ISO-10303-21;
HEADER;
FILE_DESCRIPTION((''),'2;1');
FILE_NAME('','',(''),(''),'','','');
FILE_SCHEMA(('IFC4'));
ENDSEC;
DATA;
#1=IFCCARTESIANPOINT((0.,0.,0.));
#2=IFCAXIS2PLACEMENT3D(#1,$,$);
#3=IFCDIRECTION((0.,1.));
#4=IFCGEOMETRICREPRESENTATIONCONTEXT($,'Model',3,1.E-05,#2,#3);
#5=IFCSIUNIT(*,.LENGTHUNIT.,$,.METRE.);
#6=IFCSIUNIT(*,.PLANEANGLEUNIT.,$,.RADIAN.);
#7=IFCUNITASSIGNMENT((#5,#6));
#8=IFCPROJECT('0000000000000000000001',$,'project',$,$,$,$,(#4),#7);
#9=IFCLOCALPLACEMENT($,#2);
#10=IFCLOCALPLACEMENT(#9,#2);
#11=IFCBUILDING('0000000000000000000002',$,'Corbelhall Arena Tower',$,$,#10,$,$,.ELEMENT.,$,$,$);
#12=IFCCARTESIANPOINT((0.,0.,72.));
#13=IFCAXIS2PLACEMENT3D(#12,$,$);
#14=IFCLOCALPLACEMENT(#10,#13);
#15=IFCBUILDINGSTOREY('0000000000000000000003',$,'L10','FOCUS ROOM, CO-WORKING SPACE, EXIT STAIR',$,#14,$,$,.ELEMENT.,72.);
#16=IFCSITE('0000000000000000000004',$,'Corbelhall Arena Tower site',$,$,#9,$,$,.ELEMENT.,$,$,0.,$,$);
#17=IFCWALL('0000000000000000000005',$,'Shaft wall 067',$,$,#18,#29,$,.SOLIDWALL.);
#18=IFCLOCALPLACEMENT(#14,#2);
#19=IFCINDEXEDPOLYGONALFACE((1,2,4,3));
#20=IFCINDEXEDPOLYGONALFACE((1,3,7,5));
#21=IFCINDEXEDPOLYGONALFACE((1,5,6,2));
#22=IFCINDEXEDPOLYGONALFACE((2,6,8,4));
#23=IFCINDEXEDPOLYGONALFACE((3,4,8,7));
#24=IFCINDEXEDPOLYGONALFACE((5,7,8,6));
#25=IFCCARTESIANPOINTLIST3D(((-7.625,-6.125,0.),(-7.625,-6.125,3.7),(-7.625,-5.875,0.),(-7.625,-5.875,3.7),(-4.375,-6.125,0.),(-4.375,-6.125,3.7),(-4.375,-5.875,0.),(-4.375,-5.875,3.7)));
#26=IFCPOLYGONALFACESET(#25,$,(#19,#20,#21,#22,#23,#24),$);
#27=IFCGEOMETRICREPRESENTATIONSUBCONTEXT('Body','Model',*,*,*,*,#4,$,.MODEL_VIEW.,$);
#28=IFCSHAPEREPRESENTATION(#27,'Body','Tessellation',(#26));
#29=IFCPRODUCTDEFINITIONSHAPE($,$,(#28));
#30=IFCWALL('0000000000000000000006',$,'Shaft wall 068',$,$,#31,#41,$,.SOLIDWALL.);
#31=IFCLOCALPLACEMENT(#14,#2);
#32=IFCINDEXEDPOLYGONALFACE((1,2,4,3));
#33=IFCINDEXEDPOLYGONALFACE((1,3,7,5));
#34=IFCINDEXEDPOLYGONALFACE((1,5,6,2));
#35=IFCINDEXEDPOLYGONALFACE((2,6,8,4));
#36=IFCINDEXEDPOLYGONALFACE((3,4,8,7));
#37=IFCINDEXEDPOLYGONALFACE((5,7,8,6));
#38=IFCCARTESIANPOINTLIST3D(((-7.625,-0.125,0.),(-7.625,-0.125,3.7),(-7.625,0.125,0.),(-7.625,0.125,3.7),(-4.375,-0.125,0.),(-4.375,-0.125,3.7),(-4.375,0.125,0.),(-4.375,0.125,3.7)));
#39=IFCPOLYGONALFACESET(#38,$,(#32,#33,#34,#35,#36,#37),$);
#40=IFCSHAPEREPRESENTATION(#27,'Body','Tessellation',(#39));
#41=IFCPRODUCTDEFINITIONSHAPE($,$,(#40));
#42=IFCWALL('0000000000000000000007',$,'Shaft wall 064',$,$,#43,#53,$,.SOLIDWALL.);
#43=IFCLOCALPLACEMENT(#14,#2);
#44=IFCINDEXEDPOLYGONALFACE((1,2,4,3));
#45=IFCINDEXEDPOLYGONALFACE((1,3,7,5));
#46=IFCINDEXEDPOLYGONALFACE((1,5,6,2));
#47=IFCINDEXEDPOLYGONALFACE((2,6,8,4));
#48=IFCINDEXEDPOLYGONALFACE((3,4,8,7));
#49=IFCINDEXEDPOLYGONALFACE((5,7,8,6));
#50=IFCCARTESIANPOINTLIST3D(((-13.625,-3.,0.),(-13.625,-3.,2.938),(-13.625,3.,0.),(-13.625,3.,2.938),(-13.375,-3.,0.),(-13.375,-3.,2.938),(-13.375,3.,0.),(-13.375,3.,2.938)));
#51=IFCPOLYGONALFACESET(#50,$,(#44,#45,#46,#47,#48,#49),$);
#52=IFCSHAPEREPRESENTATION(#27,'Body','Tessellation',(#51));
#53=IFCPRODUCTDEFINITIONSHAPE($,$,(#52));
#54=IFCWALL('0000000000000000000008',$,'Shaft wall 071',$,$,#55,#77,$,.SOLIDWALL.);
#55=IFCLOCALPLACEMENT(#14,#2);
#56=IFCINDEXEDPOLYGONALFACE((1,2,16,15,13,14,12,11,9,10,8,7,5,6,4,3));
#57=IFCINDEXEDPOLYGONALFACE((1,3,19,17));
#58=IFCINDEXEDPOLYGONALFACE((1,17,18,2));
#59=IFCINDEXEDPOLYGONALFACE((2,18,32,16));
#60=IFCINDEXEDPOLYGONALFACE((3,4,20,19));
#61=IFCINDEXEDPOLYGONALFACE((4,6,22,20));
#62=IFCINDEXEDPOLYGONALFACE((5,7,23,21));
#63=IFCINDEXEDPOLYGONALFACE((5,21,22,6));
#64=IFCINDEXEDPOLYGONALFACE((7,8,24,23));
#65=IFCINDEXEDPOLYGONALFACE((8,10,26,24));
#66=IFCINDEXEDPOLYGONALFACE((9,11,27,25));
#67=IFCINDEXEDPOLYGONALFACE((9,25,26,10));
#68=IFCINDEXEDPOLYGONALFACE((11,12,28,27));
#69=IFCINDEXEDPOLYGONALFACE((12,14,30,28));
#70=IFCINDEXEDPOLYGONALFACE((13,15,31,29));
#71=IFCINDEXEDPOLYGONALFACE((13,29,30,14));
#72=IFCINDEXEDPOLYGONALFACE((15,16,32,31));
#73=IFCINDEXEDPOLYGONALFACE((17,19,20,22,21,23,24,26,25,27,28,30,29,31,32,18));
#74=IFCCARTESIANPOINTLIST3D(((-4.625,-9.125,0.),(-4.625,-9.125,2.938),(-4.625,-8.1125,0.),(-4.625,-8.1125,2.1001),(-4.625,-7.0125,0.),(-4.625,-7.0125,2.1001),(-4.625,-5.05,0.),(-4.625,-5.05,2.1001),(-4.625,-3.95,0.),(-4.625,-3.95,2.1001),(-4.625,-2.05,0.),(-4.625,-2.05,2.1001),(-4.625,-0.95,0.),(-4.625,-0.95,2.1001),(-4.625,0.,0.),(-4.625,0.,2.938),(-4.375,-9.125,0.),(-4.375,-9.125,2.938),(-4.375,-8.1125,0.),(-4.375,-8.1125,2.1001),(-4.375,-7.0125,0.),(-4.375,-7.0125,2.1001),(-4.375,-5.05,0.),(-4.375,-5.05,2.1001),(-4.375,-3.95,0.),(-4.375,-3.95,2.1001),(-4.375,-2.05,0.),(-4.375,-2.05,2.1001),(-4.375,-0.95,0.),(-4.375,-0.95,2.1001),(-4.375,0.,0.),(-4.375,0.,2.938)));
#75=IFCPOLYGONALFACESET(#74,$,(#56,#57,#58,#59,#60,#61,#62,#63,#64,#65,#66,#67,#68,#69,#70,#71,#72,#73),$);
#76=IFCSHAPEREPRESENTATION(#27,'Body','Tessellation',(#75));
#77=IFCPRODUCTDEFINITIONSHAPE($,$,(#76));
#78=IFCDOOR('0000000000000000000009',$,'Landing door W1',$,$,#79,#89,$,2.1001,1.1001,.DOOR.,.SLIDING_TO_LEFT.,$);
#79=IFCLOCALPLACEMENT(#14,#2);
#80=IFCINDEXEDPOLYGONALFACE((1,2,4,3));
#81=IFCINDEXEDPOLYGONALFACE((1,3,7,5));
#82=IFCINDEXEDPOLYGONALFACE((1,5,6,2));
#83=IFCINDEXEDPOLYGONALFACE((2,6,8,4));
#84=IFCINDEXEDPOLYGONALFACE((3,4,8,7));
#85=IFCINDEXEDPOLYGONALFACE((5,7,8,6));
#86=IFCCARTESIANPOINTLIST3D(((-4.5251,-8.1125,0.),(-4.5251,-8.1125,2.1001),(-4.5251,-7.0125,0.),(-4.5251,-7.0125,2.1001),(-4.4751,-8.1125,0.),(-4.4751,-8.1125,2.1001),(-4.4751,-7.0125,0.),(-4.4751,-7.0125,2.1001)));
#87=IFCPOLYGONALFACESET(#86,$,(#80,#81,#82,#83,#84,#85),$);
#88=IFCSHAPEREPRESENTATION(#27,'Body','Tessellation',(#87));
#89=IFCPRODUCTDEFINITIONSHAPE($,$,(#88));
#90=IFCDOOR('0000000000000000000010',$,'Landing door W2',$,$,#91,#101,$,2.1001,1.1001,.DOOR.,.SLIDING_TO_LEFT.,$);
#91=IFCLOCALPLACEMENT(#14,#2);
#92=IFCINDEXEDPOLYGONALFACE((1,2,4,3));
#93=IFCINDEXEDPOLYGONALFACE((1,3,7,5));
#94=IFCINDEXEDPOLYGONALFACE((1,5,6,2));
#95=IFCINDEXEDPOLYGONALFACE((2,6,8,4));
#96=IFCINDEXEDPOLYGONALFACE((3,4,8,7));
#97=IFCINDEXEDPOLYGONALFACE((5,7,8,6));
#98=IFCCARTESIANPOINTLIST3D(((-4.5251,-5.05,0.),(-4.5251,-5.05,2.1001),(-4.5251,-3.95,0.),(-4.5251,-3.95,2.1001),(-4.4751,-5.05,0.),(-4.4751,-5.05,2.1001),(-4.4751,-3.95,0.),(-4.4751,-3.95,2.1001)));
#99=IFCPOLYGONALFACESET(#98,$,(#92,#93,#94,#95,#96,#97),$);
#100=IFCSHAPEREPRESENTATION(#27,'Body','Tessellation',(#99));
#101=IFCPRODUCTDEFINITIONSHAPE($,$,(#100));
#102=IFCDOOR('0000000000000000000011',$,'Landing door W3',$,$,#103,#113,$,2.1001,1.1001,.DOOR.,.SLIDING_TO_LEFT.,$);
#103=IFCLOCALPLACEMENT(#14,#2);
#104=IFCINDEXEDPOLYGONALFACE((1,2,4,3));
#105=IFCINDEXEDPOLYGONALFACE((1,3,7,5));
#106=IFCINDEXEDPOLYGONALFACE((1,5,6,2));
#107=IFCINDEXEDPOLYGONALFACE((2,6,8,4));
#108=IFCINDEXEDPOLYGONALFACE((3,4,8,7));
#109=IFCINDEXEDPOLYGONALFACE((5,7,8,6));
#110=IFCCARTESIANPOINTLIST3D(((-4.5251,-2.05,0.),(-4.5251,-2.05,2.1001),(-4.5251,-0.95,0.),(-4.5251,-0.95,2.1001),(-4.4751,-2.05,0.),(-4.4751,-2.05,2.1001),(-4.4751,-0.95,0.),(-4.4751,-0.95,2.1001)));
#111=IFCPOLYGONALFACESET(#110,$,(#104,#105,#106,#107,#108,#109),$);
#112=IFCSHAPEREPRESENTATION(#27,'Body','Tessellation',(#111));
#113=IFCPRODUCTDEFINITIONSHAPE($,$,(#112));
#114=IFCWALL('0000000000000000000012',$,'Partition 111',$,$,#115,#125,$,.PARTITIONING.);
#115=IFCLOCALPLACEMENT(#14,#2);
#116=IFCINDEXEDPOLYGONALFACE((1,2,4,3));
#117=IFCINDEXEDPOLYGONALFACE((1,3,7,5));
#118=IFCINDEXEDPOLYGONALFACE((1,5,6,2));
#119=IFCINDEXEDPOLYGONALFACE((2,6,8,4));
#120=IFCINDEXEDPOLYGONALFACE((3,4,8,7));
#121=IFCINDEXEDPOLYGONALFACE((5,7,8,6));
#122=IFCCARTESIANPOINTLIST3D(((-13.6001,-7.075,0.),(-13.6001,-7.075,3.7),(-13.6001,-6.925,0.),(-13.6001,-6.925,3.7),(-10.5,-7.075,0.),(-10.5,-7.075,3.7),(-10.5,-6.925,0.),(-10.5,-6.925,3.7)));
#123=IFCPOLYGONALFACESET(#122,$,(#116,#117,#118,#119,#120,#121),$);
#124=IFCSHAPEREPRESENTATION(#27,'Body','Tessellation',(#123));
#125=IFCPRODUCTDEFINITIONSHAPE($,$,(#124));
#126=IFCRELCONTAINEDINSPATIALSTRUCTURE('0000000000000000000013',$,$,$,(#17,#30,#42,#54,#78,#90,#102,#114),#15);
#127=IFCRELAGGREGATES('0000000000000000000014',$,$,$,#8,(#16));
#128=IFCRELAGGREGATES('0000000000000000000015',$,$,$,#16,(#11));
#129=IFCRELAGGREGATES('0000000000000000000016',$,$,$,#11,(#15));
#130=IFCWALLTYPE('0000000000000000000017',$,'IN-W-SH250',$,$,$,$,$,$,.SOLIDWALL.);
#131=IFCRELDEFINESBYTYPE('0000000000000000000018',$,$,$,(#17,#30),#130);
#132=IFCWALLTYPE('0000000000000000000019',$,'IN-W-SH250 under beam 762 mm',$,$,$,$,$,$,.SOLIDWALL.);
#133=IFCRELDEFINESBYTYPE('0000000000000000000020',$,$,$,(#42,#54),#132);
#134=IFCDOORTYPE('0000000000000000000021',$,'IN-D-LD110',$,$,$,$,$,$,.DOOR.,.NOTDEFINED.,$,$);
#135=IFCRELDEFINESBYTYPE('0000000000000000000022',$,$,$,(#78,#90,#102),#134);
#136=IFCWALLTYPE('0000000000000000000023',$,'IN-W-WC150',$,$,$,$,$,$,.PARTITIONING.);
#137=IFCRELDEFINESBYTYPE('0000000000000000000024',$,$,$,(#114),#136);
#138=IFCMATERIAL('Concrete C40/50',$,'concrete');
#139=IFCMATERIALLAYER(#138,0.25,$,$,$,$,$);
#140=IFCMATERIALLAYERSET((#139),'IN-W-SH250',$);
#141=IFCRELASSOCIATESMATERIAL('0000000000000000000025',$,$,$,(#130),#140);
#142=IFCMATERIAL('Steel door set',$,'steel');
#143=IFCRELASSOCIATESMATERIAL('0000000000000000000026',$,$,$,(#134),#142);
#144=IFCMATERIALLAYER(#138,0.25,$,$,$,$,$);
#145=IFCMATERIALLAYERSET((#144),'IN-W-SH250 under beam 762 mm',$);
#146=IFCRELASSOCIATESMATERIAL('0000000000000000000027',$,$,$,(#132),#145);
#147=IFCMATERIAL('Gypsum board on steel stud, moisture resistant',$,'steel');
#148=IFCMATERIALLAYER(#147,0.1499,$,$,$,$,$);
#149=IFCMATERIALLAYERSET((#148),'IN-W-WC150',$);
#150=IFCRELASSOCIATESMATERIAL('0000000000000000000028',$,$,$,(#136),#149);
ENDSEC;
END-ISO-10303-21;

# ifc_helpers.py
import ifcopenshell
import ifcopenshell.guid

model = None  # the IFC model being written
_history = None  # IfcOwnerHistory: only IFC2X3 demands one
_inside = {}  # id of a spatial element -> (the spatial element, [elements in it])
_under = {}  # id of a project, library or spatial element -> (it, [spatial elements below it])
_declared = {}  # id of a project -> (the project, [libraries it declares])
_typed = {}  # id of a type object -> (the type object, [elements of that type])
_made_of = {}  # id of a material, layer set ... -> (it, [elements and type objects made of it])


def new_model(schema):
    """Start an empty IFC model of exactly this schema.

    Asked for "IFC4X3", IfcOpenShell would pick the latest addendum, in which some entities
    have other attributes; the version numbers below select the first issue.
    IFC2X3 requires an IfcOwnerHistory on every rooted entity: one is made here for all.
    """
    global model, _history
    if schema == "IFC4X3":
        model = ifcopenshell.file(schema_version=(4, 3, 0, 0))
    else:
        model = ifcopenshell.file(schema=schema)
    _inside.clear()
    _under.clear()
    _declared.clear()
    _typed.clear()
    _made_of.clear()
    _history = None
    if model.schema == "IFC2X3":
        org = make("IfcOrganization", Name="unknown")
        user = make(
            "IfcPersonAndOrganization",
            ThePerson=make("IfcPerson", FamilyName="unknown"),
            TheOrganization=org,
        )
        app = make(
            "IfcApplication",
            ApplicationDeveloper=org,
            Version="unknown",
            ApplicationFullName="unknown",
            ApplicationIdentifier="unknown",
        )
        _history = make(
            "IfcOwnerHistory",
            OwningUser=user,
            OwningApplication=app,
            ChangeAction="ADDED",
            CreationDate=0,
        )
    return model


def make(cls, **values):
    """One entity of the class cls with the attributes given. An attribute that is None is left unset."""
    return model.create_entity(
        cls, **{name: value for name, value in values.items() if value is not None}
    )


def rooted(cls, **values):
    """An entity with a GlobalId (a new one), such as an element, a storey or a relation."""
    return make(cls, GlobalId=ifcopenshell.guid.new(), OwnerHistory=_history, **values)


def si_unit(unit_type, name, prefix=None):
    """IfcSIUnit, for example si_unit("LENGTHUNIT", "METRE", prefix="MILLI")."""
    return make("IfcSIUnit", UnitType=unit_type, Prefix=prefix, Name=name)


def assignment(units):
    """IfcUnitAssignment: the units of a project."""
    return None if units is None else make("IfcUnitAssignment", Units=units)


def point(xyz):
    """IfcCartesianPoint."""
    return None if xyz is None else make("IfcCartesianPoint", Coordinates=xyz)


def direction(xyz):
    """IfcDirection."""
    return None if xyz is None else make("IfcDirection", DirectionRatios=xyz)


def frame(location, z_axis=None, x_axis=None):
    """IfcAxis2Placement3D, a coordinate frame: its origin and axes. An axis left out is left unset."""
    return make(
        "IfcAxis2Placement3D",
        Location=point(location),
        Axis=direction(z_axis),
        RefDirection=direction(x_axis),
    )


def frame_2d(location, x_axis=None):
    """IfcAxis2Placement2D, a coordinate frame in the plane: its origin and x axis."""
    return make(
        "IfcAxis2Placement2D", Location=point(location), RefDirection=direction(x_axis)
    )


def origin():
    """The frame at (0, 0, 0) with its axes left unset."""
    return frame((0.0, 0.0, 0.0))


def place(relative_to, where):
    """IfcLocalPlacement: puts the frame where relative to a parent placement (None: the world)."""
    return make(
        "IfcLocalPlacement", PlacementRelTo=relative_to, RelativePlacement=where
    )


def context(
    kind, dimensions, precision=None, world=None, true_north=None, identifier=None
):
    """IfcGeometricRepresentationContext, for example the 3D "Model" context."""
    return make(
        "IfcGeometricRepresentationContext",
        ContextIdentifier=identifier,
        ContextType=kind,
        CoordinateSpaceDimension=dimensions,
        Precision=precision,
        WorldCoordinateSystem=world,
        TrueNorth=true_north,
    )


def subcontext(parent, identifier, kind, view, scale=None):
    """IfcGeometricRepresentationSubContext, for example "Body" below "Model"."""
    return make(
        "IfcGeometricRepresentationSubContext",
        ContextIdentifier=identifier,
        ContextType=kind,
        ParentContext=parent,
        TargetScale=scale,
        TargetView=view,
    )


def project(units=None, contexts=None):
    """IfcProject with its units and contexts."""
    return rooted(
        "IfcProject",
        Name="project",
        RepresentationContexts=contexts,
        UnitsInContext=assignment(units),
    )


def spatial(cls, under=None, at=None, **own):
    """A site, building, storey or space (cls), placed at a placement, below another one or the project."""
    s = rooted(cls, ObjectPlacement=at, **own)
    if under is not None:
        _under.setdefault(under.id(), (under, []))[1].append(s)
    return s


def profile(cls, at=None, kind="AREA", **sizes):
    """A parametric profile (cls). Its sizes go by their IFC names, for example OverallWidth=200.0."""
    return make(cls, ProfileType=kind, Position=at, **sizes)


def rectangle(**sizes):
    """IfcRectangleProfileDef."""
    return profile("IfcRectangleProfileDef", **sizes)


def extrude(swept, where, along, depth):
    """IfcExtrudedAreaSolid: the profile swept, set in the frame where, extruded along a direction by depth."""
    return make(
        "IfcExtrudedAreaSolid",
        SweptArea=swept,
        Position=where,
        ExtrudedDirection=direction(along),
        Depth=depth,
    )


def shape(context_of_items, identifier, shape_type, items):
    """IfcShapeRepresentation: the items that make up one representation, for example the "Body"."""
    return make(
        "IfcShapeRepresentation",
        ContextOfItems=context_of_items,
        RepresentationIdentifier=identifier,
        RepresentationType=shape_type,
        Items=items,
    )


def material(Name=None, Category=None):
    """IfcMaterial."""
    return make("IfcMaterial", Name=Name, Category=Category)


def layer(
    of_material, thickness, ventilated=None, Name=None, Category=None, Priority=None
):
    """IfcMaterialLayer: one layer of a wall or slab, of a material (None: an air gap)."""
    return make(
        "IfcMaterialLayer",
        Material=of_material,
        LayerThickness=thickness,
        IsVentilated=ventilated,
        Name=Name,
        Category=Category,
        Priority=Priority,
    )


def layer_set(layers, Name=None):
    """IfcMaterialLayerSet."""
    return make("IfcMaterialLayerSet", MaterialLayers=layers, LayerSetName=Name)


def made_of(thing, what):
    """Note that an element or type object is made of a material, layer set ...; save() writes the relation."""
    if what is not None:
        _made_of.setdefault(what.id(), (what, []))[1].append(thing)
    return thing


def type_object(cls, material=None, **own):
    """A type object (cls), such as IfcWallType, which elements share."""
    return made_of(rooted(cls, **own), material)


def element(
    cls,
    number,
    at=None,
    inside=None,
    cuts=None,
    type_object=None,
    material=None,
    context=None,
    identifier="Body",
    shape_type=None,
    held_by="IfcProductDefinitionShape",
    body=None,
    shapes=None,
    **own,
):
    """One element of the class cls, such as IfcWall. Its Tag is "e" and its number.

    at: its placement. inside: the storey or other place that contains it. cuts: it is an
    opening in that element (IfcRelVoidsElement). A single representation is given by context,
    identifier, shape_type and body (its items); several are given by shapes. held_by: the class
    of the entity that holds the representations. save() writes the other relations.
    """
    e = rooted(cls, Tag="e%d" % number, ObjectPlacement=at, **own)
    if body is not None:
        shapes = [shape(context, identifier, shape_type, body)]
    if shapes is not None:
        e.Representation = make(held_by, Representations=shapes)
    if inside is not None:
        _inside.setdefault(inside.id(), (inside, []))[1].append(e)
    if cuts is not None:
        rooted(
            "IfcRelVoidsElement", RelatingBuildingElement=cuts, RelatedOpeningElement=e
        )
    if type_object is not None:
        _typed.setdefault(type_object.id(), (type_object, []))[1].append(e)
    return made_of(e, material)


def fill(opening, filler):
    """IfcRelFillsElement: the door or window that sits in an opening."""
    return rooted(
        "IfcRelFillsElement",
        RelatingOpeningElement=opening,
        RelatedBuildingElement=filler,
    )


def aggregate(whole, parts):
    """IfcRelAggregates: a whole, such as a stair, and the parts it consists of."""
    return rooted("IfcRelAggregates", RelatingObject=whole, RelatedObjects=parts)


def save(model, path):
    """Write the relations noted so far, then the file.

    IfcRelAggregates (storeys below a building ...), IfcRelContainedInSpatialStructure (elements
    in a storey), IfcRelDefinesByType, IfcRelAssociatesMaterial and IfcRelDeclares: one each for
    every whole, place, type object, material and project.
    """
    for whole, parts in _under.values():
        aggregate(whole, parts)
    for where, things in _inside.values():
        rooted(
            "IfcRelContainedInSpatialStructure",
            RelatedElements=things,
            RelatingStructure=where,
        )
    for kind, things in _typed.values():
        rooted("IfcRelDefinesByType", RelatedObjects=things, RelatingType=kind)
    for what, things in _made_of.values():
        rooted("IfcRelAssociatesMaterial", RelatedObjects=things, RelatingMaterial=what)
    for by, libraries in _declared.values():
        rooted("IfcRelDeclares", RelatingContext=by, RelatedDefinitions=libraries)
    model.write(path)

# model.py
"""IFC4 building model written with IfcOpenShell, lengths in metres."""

from ifc_helpers import new_model, si_unit, direction, frame, frame_2d, origin, place, context, subcontext, project, spatial, rectangle, extrude, material, layer, layer_set, type_object, element, fill, save


model = new_model("IFC4")

# Units and contexts
model_context = context("Model", 3, precision=1e-05, world=origin(), true_north=direction((0.0, 1.0)))
body_context = subcontext(model_context, "Body", "Model", "MODEL_VIEW")
ifc_project = project(units=[si_unit("LENGTHUNIT", "METRE"), si_unit("PLANEANGLEUNIT", "RADIAN")], contexts=[model_context])

# Site, building, storey
site_placement = place(None, origin())
site = spatial("IfcSite", under=ifc_project, at=site_placement, Name="Corbelhall Arena Tower site", CompositionType="ELEMENT", RefElevation=0.0)
building_placement = place(site_placement, origin())
building = spatial("IfcBuilding", under=site, at=building_placement, Name="Corbelhall Arena Tower", CompositionType="ELEMENT")
storey_placement = place(building_placement, frame((0.0, 0.0, 72.0)))
storey = spatial("IfcBuildingStorey", under=building, at=storey_placement, Name="L10", Description="FOCUS ROOM, CO-WORKING SPACE, EXIT STAIR", CompositionType="ELEMENT", Elevation=72.0)

# Shared definitions
ifc_material_1 = material(Name="Concrete C40/50", Category="concrete")
ifc_layer_1 = layer(ifc_material_1, 0.25)
ifc_layer_set_1 = layer_set([ifc_layer_1], Name="IN-W-SH250")
wall_type_1 = type_object("IfcWallType", Name="IN-W-SH250", PredefinedType="SOLIDWALL", material=ifc_layer_set_1)

# Shared definitions
ifc_material_2 = material(Name="Steel door set", Category="steel")

# Shared definitions
door_type_1 = type_object("IfcDoorType", Name="IN-D-LD110", OperationType="NOTDEFINED", PredefinedType="DOOR", material=ifc_material_2)

# Walls
for number, where, z_axis, x_axis, name in (
    (1, (-7.625, -6.0, 0.0), (0.0, 0.0, 1.0), (1.0, 0.0, 0.0), "Shaft wall 067"),
    (2, (-7.625, 0.0, 0.0), (0.0, 0.0, 1.0), (1.0, 0.0, 0.0), "Shaft wall 068"),
):
    element("IfcWall", number, at=place(storey_placement, frame(where, z_axis=z_axis, x_axis=x_axis)), inside=storey, type_object=wall_type_1, Name=name, PredefinedType="SOLIDWALL", context=body_context, shape_type="SweptSolid", body=[
        extrude(rectangle(XDim=3.25, YDim=0.25, at=frame_2d((1.625, 0.0))), origin(), (0.0, 0.0, 1.0), 3.7),
    ])
ifc_layer_2 = layer(ifc_material_1, 0.25)
ifc_layer_set_2 = layer_set([ifc_layer_2], Name="IN-W-SH250 under beam 762 mm")
wall_type_2 = type_object("IfcWallType", Name="IN-W-SH250 under beam 762 mm", PredefinedType="SOLIDWALL", material=ifc_layer_set_2)
wall_1_placement = place(storey_placement, frame((-13.5, -3.0, 0.0), z_axis=(0.0, 0.0, 1.0), x_axis=(0.0, 1.0, 0.0)))
element("IfcWall", 3, at=wall_1_placement, inside=storey, type_object=wall_type_2, Name="Shaft wall 064", PredefinedType="SOLIDWALL", context=body_context, shape_type="SweptSolid", body=[
    extrude(rectangle(XDim=6.0, YDim=0.25, at=frame_2d((3.0, 0.0))), origin(), (0.0, 0.0, 1.0), 2.938),
])

# Wall, openings, doors
wall_2_placement = place(storey_placement, frame((-4.5, 0.0, 0.0), z_axis=(0.0, 0.0, 1.0), x_axis=(0.0, -1.0, 0.0)))
wall_2 = element("IfcWall", 4, at=wall_2_placement, inside=storey, type_object=wall_type_2, Name="Shaft wall 071", PredefinedType="SOLIDWALL", context=body_context, shape_type="SweptSolid", body=[
    extrude(rectangle(XDim=9.125, YDim=0.25, at=frame_2d((4.5625, 0.0))), origin(), (0.0, 0.0, 1.0), 2.938),
])
opening_1_placement = place(wall_2_placement, frame((7.0125, 0.0, 0.0)))
opening_1 = element("IfcOpeningElement", 5, at=opening_1_placement, cuts=wall_2, PredefinedType="OPENING", context=body_context, shape_type="SweptSolid", body=[
    extrude(rectangle(XDim=1.1001, YDim=2.1001, at=frame_2d((0.55, 1.05))), frame((0.0, 0.125, 0.0), z_axis=(0.0, -1.0, 0.0), x_axis=(1.0, 0.0, 0.0)), (0.0, 0.0, 1.0), 0.25),
])
opening_2_placement = place(wall_2_placement, frame((3.95, 0.0, 0.0)))
opening_2 = element("IfcOpeningElement", 6, at=opening_2_placement, cuts=wall_2, PredefinedType="OPENING", context=body_context, shape_type="SweptSolid", body=[
    extrude(rectangle(XDim=1.1001, YDim=2.1001, at=frame_2d((0.55, 1.05))), frame((0.0, 0.125, 0.0), z_axis=(0.0, -1.0, 0.0), x_axis=(1.0, 0.0, 0.0)), (0.0, 0.0, 1.0), 0.25),
])
opening_3_placement = place(wall_2_placement, frame((0.95, 0.0, 0.0)))
opening_3 = element("IfcOpeningElement", 7, at=opening_3_placement, cuts=wall_2, PredefinedType="OPENING", context=body_context, shape_type="SweptSolid", body=[
    extrude(rectangle(XDim=1.1001, YDim=2.1001, at=frame_2d((0.55, 1.05))), frame((0.0, 0.125, 0.0), z_axis=(0.0, -1.0, 0.0), x_axis=(1.0, 0.0, 0.0)), (0.0, 0.0, 1.0), 0.25),
])
door_1_placement = place(opening_1_placement, origin())
door_1 = element("IfcDoor", 8, at=door_1_placement, inside=storey, type_object=door_type_1, Name="Landing door W1", OperationType="SLIDING_TO_LEFT", OverallHeight=2.1001, OverallWidth=1.1001, PredefinedType="DOOR", context=body_context, shape_type="SweptSolid", body=[
    extrude(rectangle(XDim=1.1001, YDim=2.1001, at=frame_2d((0.55, 1.05))), frame((0.0, 0.0249, 0.0), z_axis=(0.0, -1.0, 0.0), x_axis=(1.0, 0.0, 0.0)), (0.0, 0.0, 1.0), 0.05),
])
fill(opening_1, door_1)
door_2_placement = place(opening_2_placement, origin())
door_2 = element("IfcDoor", 9, at=door_2_placement, inside=storey, type_object=door_type_1, Name="Landing door W2", OperationType="SLIDING_TO_LEFT", OverallHeight=2.1001, OverallWidth=1.1001, PredefinedType="DOOR", context=body_context, shape_type="SweptSolid", body=[
    extrude(rectangle(XDim=1.1001, YDim=2.1001, at=frame_2d((0.55, 1.05))), frame((0.0, 0.0249, 0.0), z_axis=(0.0, -1.0, 0.0), x_axis=(1.0, 0.0, 0.0)), (0.0, 0.0, 1.0), 0.05),
])
fill(opening_2, door_2)
door_3_placement = place(opening_3_placement, origin())
door_3 = element("IfcDoor", 10, at=door_3_placement, inside=storey, type_object=door_type_1, Name="Landing door W3", OperationType="SLIDING_TO_LEFT", OverallHeight=2.1001, OverallWidth=1.1001, PredefinedType="DOOR", context=body_context, shape_type="SweptSolid", body=[
    extrude(rectangle(XDim=1.1001, YDim=2.1001, at=frame_2d((0.55, 1.05))), frame((0.0, 0.0249, 0.0), z_axis=(0.0, -1.0, 0.0), x_axis=(1.0, 0.0, 0.0)), (0.0, 0.0, 1.0), 0.05),
])
fill(opening_3, door_3)

# Wall
ifc_material_3 = material(Name="Gypsum board on steel stud, moisture resistant", Category="steel")
ifc_layer_3 = layer(ifc_material_3, 0.1499)
ifc_layer_set_3 = layer_set([ifc_layer_3], Name="IN-W-WC150")
wall_type_3 = type_object("IfcWallType", Name="IN-W-WC150", PredefinedType="PARTITIONING", material=ifc_layer_set_3)
wall_3_placement = place(storey_placement, frame((-13.6001, -7.0, 0.0), z_axis=(0.0, 0.0, 1.0), x_axis=(1.0, 0.0, 0.0)))
element("IfcWall", 11, at=wall_3_placement, inside=storey, type_object=wall_type_3, Name="Partition 111", PredefinedType="PARTITIONING", context=body_context, shape_type="SweptSolid", body=[
    extrude(rectangle(XDim=3.1001, YDim=0.1499, at=frame_2d((1.55, 0.0))), origin(), (0.0, 0.0, 1.0), 3.7),
])

save(model, "model.ifc")
